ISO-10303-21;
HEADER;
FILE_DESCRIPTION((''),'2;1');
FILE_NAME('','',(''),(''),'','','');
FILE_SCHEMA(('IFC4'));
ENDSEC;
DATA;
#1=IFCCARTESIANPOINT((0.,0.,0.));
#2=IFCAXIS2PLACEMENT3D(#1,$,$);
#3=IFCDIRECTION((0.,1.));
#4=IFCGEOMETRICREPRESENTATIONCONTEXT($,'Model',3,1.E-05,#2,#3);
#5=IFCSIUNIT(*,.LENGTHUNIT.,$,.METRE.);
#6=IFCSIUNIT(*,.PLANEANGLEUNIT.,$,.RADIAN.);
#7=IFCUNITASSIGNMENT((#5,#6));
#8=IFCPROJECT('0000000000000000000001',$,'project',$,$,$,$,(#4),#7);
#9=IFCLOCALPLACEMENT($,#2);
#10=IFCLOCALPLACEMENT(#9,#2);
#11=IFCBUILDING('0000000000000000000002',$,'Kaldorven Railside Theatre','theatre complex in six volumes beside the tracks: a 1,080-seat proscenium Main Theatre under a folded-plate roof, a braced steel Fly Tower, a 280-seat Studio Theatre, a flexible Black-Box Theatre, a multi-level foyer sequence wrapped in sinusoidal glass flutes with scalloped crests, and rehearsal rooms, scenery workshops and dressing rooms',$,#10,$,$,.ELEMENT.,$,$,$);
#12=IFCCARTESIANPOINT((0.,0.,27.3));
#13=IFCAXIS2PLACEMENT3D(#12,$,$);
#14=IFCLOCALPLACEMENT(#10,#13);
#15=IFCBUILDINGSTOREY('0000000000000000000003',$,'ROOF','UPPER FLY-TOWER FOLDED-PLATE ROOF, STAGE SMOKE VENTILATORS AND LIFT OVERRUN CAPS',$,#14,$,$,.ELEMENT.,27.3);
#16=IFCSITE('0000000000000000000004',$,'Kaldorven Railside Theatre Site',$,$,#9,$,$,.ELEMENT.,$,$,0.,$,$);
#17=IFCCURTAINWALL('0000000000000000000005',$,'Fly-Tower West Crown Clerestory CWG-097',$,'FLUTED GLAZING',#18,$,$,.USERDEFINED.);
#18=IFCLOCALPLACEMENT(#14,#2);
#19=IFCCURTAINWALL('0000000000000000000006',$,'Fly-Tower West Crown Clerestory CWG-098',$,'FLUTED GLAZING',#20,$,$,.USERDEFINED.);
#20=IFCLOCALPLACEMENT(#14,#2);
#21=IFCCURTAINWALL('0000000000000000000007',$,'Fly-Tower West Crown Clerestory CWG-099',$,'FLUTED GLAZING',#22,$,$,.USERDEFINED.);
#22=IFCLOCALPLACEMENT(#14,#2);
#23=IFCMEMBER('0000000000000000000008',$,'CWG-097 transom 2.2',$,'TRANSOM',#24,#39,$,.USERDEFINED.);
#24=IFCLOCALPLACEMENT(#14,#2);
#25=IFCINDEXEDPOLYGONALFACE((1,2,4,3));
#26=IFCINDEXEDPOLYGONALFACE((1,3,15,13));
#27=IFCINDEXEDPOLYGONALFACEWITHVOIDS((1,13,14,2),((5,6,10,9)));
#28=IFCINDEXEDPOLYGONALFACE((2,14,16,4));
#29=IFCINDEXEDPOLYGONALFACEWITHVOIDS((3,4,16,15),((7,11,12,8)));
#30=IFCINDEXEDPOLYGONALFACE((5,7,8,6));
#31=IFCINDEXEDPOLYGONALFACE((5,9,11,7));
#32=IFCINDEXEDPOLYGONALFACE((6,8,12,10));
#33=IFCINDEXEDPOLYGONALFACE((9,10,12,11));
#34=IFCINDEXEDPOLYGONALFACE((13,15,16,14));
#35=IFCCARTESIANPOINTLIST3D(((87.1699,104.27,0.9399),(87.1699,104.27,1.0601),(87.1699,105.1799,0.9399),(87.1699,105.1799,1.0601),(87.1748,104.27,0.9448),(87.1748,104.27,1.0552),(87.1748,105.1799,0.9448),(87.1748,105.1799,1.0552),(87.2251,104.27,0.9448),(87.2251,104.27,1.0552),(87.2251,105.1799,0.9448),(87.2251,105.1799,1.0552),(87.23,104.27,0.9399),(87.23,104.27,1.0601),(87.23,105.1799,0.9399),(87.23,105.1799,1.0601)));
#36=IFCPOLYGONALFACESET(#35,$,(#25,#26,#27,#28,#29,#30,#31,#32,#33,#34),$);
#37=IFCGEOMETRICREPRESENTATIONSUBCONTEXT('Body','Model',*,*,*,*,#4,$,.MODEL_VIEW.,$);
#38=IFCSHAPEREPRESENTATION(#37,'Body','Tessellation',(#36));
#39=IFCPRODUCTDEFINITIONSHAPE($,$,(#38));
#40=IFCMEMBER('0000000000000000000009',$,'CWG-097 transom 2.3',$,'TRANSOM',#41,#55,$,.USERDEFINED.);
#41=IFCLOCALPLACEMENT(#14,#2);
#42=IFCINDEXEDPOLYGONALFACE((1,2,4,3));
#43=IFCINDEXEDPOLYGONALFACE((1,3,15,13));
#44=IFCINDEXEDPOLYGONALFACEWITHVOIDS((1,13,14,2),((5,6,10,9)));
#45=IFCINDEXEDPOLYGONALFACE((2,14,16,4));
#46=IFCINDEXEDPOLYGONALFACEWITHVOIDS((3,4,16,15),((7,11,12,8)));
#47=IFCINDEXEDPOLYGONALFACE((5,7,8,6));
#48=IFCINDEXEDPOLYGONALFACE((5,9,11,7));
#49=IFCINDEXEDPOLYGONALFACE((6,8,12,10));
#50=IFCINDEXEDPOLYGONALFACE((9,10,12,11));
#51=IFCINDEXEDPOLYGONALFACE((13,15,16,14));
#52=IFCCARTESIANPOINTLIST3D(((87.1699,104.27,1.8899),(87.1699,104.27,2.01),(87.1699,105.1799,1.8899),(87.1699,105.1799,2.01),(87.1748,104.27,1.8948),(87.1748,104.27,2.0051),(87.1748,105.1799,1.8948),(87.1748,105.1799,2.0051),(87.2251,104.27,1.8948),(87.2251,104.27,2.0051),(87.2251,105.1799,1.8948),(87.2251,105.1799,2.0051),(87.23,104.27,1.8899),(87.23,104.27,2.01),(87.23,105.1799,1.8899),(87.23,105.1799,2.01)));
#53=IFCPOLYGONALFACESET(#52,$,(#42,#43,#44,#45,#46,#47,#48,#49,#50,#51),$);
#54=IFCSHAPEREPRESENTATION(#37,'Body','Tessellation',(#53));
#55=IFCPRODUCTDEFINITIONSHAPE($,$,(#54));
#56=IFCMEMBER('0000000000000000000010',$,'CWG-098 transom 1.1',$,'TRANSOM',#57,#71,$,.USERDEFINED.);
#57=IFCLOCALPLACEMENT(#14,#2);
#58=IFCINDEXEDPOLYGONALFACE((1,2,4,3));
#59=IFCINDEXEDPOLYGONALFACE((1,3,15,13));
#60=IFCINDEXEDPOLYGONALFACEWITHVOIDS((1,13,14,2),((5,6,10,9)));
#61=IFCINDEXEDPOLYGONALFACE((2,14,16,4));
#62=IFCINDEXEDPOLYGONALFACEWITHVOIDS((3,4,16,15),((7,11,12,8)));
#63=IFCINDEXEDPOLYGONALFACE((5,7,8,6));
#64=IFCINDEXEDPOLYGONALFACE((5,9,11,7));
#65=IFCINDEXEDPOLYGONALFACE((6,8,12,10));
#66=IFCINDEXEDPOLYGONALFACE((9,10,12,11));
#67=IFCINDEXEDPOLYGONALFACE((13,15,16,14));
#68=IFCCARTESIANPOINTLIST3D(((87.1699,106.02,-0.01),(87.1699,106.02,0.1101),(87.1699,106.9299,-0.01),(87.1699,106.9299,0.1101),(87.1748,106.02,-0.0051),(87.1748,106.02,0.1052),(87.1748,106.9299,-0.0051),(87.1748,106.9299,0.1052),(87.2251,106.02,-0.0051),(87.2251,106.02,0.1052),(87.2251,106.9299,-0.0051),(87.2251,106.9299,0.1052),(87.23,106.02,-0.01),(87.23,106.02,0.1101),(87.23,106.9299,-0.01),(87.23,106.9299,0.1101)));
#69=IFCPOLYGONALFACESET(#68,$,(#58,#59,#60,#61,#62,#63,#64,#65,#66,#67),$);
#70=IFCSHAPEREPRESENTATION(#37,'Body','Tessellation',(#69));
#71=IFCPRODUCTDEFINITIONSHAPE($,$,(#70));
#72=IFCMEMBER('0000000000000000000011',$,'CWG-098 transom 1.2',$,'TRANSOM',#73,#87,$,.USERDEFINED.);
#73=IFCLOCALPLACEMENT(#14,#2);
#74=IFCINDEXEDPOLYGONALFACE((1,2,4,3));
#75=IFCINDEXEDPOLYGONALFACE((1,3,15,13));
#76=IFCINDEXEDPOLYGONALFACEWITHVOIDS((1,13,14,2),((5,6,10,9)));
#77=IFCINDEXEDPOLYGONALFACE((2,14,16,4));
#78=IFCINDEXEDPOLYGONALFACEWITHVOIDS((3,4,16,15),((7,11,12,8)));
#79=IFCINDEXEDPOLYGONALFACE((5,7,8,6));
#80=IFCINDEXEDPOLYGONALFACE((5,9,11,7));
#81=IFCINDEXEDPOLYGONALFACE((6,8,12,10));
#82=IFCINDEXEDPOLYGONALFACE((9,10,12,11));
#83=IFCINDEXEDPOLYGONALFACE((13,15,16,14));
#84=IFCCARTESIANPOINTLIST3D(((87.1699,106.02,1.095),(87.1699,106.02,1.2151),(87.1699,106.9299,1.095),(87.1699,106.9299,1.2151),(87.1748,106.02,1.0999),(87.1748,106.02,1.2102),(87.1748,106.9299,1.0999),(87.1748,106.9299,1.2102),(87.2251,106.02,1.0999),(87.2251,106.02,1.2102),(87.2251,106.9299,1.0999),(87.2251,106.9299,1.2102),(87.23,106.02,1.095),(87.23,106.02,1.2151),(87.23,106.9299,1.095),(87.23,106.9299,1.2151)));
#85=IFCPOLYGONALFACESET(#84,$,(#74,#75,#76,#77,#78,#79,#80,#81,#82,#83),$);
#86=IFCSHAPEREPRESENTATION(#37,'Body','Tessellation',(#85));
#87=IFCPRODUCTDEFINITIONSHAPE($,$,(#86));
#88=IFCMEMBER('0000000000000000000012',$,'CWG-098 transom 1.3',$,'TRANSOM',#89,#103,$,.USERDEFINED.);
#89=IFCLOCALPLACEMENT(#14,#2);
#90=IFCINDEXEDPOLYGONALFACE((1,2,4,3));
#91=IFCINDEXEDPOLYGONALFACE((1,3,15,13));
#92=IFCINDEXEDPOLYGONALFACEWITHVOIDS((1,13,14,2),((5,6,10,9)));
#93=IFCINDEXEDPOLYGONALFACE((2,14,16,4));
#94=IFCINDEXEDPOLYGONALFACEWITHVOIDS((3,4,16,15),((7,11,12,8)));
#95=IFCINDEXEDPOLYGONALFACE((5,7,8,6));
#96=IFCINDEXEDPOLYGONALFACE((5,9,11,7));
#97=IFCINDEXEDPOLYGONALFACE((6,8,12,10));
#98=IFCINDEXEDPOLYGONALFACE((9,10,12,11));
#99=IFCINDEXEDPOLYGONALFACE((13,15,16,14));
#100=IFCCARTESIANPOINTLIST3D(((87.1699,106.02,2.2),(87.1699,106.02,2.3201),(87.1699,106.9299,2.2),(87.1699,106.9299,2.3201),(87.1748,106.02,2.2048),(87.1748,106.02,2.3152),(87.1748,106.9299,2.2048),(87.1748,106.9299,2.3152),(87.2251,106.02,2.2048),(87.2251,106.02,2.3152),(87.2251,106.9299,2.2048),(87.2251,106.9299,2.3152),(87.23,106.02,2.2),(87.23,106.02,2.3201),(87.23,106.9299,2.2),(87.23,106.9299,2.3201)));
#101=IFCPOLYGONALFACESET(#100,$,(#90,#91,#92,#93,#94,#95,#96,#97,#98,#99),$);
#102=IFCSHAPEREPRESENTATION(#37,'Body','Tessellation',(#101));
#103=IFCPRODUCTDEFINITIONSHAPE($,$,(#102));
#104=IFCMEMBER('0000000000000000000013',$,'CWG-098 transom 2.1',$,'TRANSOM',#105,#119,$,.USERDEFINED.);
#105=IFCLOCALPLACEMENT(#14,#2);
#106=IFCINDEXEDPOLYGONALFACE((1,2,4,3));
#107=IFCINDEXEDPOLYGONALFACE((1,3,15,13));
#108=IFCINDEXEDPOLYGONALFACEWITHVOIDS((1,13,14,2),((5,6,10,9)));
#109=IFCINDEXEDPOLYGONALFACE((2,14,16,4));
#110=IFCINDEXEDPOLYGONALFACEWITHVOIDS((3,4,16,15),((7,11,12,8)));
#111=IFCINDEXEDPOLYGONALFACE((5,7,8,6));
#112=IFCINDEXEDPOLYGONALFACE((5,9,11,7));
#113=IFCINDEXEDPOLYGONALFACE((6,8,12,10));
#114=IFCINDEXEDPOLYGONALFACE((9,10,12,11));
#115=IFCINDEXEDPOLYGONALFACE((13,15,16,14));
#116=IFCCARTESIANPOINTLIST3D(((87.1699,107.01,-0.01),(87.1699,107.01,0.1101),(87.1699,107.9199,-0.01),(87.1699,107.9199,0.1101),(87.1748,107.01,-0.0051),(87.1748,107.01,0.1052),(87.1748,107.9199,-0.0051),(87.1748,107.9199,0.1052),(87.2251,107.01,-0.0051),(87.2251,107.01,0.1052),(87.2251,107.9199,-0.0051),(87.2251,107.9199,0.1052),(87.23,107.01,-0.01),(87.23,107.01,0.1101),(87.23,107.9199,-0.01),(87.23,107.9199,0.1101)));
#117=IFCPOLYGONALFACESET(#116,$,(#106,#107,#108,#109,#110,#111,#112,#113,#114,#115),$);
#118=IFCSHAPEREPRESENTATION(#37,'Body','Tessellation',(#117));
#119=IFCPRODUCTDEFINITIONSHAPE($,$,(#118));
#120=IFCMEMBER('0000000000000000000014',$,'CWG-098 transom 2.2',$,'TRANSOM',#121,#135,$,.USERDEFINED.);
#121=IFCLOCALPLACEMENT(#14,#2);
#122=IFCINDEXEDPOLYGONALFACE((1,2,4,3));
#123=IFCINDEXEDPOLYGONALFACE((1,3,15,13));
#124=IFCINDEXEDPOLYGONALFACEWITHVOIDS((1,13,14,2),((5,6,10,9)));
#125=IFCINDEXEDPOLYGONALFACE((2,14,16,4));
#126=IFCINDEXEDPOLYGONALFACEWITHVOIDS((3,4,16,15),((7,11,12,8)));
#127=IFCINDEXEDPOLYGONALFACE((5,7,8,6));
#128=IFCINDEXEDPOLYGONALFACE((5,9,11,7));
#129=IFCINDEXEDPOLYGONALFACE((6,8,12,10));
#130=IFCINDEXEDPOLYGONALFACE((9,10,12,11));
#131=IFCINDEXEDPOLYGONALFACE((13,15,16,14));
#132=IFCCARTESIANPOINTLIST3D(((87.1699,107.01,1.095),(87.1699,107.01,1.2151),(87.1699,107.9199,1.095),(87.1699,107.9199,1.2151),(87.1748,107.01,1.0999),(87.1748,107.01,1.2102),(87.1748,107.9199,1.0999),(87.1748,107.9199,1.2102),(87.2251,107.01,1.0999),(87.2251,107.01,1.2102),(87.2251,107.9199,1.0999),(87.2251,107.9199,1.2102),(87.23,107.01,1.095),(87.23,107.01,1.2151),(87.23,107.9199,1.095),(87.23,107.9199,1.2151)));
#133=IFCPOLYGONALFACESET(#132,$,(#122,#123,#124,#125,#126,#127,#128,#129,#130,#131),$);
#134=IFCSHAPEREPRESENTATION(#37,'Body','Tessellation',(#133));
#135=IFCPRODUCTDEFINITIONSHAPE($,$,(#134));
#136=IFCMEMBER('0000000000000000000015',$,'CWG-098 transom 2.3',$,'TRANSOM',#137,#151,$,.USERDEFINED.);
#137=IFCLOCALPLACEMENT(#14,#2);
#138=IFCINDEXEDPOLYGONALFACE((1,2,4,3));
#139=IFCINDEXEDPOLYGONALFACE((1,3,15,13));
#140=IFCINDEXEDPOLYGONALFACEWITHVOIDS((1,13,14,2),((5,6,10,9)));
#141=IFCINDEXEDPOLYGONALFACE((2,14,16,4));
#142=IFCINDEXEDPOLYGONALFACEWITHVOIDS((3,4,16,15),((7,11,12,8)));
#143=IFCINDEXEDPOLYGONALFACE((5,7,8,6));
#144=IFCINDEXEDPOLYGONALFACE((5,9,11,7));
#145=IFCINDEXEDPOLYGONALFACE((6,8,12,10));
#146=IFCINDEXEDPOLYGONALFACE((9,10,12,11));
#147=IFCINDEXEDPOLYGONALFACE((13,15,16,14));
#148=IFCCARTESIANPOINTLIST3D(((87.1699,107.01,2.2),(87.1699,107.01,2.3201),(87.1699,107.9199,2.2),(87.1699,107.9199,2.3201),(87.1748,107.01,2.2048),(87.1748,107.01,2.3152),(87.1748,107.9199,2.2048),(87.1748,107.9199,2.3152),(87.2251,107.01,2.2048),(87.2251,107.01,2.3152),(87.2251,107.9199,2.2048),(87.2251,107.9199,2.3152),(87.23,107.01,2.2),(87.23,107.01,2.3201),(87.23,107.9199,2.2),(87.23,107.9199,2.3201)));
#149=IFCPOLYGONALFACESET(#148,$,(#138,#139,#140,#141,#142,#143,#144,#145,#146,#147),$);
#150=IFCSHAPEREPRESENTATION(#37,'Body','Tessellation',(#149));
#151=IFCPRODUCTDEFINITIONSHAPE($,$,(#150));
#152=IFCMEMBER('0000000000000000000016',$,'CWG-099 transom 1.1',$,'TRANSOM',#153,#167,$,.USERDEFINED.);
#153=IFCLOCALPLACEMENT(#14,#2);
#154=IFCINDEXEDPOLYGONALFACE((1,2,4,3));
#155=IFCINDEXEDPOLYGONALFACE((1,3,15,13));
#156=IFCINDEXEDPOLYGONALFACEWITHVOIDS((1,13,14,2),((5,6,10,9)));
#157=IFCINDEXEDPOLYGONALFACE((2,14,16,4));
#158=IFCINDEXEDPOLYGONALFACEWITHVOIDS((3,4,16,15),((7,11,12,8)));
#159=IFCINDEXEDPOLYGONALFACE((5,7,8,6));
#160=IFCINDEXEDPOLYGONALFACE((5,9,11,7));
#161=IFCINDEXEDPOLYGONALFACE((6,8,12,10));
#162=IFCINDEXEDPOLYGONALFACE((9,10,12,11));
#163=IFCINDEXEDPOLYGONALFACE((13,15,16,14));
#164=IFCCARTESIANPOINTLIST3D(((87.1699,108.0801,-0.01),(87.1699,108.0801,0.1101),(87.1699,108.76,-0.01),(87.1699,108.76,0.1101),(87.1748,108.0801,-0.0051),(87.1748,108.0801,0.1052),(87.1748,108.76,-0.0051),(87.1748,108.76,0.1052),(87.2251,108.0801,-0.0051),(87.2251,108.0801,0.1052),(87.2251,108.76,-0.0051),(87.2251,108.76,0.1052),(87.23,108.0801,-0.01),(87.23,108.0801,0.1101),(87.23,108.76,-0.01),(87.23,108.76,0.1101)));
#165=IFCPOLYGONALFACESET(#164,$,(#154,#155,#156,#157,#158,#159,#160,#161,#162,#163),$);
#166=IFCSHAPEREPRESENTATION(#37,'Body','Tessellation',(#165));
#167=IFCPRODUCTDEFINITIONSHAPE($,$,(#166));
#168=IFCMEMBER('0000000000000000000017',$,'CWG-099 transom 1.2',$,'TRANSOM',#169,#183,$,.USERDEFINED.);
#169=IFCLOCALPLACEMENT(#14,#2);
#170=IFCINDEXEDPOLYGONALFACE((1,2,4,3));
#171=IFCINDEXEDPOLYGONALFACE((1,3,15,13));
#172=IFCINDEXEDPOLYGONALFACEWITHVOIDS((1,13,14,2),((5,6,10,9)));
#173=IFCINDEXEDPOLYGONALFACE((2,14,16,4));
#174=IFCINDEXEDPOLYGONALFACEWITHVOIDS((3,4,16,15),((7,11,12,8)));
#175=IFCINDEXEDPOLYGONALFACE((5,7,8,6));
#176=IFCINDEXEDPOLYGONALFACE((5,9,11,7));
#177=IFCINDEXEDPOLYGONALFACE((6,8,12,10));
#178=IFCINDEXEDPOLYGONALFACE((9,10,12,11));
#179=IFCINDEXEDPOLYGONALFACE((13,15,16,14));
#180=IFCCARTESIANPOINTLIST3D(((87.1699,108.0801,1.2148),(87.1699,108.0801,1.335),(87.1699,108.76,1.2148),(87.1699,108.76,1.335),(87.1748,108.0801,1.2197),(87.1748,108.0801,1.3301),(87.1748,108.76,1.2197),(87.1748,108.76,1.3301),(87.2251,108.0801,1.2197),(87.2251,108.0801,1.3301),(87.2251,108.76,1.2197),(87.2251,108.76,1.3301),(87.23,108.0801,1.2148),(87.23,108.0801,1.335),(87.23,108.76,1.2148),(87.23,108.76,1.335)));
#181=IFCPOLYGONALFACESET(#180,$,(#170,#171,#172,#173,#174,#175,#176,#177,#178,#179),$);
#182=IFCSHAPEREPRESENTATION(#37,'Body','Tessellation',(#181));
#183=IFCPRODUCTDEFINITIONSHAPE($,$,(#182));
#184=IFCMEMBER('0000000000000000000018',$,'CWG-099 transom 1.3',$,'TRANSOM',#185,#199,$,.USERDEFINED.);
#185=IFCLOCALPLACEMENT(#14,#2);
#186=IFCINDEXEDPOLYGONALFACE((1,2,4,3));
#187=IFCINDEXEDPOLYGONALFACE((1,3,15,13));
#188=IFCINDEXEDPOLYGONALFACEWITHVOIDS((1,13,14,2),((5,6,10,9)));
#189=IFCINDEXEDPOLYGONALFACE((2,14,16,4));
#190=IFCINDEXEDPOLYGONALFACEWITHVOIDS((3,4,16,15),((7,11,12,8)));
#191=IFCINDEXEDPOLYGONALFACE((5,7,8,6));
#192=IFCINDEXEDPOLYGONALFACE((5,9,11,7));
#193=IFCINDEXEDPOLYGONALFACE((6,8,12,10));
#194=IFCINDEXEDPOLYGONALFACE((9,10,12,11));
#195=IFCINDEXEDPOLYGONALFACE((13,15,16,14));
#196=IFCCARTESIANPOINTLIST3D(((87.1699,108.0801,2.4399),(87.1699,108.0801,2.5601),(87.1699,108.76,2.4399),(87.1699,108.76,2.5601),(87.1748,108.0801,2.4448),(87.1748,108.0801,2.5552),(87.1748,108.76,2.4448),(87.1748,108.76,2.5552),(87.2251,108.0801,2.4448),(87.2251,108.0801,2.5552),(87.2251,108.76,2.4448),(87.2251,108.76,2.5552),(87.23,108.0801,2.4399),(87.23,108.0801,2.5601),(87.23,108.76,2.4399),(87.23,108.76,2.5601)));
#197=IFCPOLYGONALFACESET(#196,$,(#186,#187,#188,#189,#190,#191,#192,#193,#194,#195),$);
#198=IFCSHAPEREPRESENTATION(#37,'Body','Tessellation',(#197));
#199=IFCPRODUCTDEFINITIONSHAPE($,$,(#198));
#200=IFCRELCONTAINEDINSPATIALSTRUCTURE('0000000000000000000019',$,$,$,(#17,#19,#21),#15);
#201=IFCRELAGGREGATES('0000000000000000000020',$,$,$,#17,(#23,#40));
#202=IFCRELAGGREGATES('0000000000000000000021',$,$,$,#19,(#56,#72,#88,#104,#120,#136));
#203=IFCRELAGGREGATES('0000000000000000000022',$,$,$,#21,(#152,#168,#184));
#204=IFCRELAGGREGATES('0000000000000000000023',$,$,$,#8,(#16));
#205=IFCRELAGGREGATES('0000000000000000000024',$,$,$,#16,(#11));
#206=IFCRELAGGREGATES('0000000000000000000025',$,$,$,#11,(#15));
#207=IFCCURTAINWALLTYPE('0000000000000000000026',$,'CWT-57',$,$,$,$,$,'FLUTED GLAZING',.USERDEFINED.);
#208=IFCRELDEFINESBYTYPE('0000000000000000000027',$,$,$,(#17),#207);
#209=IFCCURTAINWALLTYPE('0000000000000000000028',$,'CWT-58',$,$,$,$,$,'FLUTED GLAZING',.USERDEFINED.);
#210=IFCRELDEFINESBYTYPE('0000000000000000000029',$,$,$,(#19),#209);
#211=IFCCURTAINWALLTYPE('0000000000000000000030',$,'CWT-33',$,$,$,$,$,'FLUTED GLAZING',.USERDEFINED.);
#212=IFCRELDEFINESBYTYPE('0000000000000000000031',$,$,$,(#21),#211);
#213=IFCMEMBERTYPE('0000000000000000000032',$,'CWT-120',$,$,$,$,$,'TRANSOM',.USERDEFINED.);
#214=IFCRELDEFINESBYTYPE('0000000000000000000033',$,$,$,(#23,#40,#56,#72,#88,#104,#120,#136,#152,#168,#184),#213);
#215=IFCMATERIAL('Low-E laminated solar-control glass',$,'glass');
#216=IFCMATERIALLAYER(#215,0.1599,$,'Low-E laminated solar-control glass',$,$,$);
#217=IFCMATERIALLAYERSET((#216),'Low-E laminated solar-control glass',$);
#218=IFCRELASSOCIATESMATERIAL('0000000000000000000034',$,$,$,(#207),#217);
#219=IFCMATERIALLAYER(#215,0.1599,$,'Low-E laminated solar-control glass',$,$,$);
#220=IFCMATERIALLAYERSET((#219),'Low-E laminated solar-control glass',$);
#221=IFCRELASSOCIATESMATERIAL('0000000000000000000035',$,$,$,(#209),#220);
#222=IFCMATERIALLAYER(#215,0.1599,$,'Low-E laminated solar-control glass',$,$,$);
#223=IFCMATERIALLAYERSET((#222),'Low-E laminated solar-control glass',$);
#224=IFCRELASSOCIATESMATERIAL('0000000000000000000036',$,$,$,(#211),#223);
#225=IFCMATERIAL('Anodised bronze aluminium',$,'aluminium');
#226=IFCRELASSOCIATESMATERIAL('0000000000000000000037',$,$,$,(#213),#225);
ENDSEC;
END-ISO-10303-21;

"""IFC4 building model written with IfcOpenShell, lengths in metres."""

from ifc_helpers import new_model, si_unit, direction, frame, origin, origin_2d, place, context, subcontext, project, spatial, hollow_rectangle, extrude, material, layer, layer_set, material_profile, profile_set, type_object, element, aggregate, save


model = new_model("IFC4")

# Units and contexts
model_context = context("Model", 3, precision=1e-05, world=origin(), true_north=direction((0.0, 1.0)))
body_context = subcontext(model_context, "Body", "Model", "MODEL_VIEW")
ifc_project = project(units=[si_unit("LENGTHUNIT", "METRE"), si_unit("PLANEANGLEUNIT", "RADIAN")], contexts=[model_context])

# Site, building, storey
site_placement = place(None, origin())
site = spatial("IfcSite", under=ifc_project, at=site_placement, Name="Kaldorven Railside Theatre Site", CompositionType="ELEMENT", RefElevation=0.0)
building_placement = place(site_placement, origin())
building = spatial("IfcBuilding", under=site, at=building_placement, Name="Kaldorven Railside Theatre", Description="theatre complex in six volumes beside the tracks: a 1,080-seat proscenium Main Theatre under a folded-plate roof, a braced steel Fly Tower, a 280-seat Studio Theatre, a flexible Black-Box Theatre, a multi-level foyer sequence wrapped in sinusoidal glass flutes with scalloped crests, and rehearsal rooms, scenery workshops and dressing rooms", CompositionType="ELEMENT")
storey_placement = place(building_placement, frame((0.0, 0.0, 27.3)))
storey = spatial("IfcBuildingStorey", under=building, at=storey_placement, Name="ROOF", Description="UPPER FLY-TOWER FOLDED-PLATE ROOF, STAGE SMOKE VENTILATORS AND LIFT OVERRUN CAPS", CompositionType="ELEMENT", Elevation=27.3)

# Curtain walls
ifc_material_1 = material(Name="Low-E laminated solar-control glass", Category="glass")
ifc_layer_1 = layer(ifc_material_1, 0.1599, Name="Low-E laminated solar-control glass")
ifc_layer_set_1 = layer_set([ifc_layer_1], Name="Low-E laminated solar-control glass")
curtain_wall_type_1 = type_object("IfcCurtainWallType", Name="CWT-57", ElementType="FLUTED GLAZING", PredefinedType="USERDEFINED", material=ifc_layer_set_1)
curtain_wall_1_placement = place(storey_placement, origin())
curtain_wall_1 = element("IfcCurtainWall", 1, at=curtain_wall_1_placement, inside=storey, type_object=curtain_wall_type_1, Name="Fly-Tower West Crown Clerestory CWG-097", ObjectType="FLUTED GLAZING", PredefinedType="USERDEFINED")
ifc_material_2 = material(Name="Anodised bronze aluminium", Category="aluminium")
ifc_layer_2 = layer(ifc_material_1, 0.1599, Name="Low-E laminated solar-control glass")
ifc_layer_set_2 = layer_set([ifc_layer_2], Name="Low-E laminated solar-control glass")
curtain_wall_type_2 = type_object("IfcCurtainWallType", Name="CWT-58", ElementType="FLUTED GLAZING", PredefinedType="USERDEFINED", material=ifc_layer_set_2)
curtain_wall_2_placement = place(storey_placement, origin())
curtain_wall_2 = element("IfcCurtainWall", 2, at=curtain_wall_2_placement, inside=storey, type_object=curtain_wall_type_2, Name="Fly-Tower West Crown Clerestory CWG-098", ObjectType="FLUTED GLAZING", PredefinedType="USERDEFINED")

# Curtain wall
ifc_layer_3 = layer(ifc_material_1, 0.1599, Name="Low-E laminated solar-control glass")
ifc_layer_set_3 = layer_set([ifc_layer_3], Name="Low-E laminated solar-control glass")
curtain_wall_type_3 = type_object("IfcCurtainWallType", Name="CWT-33", ElementType="FLUTED GLAZING", PredefinedType="USERDEFINED", material=ifc_layer_set_3)
curtain_wall_3_placement = place(storey_placement, origin())
curtain_wall_3 = element("IfcCurtainWall", 3, at=curtain_wall_3_placement, inside=storey, type_object=curtain_wall_type_3, Name="Fly-Tower West Crown Clerestory CWG-099", ObjectType="FLUTED GLAZING", PredefinedType="USERDEFINED")

# Members
ifc_material_profile_1 = material_profile(ifc_material_2, hollow_rectangle(XDim=0.0601, YDim=0.1201, WallThickness=0.0049, at=origin_2d()), Name="RHS 120x60x5")
ifc_profile_set_1 = profile_set([ifc_material_profile_1], Name="Anodised bronze aluminium")
member_type_1 = type_object("IfcMemberType", Name="CWT-120", ElementType="TRANSOM", PredefinedType="USERDEFINED", material=ifc_profile_set_1)
member_1_placement = place(storey_placement, frame((87.2, 104.27, 1.0), z_axis=(0.0, 1.0, 0.0), x_axis=(-1.0, 0.0, 0.0)))
member_1 = element("IfcMember", 4, at=member_1_placement, type_object=member_type_1, Name="CWG-097 transom 2.2", ObjectType="TRANSOM", PredefinedType="USERDEFINED", context=body_context, shape_type="SweptSolid", body=[
    extrude(hollow_rectangle(XDim=0.0601, YDim=0.1201, WallThickness=0.0049, at=origin_2d()), origin(), (0.0, 0.0, 1.0), 0.9099),
])
member_2_placement = place(storey_placement, frame((87.2, 104.27, 1.95), z_axis=(0.0, 1.0, 0.0), x_axis=(-1.0, 0.0, 0.0)))
member_2 = element("IfcMember", 5, at=member_2_placement, type_object=member_type_1, Name="CWG-097 transom 2.3", ObjectType="TRANSOM", PredefinedType="USERDEFINED", context=body_context, shape_type="SweptSolid", body=[
    extrude(hollow_rectangle(XDim=0.0601, YDim=0.1201, WallThickness=0.0049, at=origin_2d()), origin(), (0.0, 0.0, 1.0), 0.9099),
])
member_3_placement = place(storey_placement, frame((87.2, 106.02, 0.05), z_axis=(0.0, 1.0, 0.0), x_axis=(-1.0, 0.0, 0.0)))
member_3 = element("IfcMember", 6, at=member_3_placement, type_object=member_type_1, Name="CWG-098 transom 1.1", ObjectType="TRANSOM", PredefinedType="USERDEFINED", context=body_context, shape_type="SweptSolid", body=[
    extrude(hollow_rectangle(XDim=0.0601, YDim=0.1201, WallThickness=0.0049, at=origin_2d()), origin(), (0.0, 0.0, 1.0), 0.9099),
])
member_4_placement = place(storey_placement, frame((87.2, 106.02, 1.155), z_axis=(0.0, 1.0, 0.0), x_axis=(-1.0, 0.0, 0.0)))
member_4 = element("IfcMember", 7, at=member_4_placement, type_object=member_type_1, Name="CWG-098 transom 1.2", ObjectType="TRANSOM", PredefinedType="USERDEFINED", context=body_context, shape_type="SweptSolid", body=[
    extrude(hollow_rectangle(XDim=0.0601, YDim=0.1201, WallThickness=0.0049, at=origin_2d()), origin(), (0.0, 0.0, 1.0), 0.9099),
])
member_5_placement = place(storey_placement, frame((87.2, 106.02, 2.26), z_axis=(0.0, 1.0, 0.0), x_axis=(-1.0, 0.0, 0.0)))
member_5 = element("IfcMember", 8, at=member_5_placement, type_object=member_type_1, Name="CWG-098 transom 1.3", ObjectType="TRANSOM", PredefinedType="USERDEFINED", context=body_context, shape_type="SweptSolid", body=[
    extrude(hollow_rectangle(XDim=0.0601, YDim=0.1201, WallThickness=0.0049, at=origin_2d()), origin(), (0.0, 0.0, 1.0), 0.9099),
])
member_6_placement = place(storey_placement, frame((87.2, 107.01, 0.05), z_axis=(0.0, 1.0, 0.0), x_axis=(-1.0, 0.0, 0.0)))
member_6 = element("IfcMember", 9, at=member_6_placement, type_object=member_type_1, Name="CWG-098 transom 2.1", ObjectType="TRANSOM", PredefinedType="USERDEFINED", context=body_context, shape_type="SweptSolid", body=[
    extrude(hollow_rectangle(XDim=0.0601, YDim=0.1201, WallThickness=0.0049, at=origin_2d()), origin(), (0.0, 0.0, 1.0), 0.9099),
])
member_7_placement = place(storey_placement, frame((87.2, 107.01, 1.155), z_axis=(0.0, 1.0, 0.0), x_axis=(-1.0, 0.0, 0.0)))
member_7 = element("IfcMember", 10, at=member_7_placement, type_object=member_type_1, Name="CWG-098 transom 2.2", ObjectType="TRANSOM", PredefinedType="USERDEFINED", context=body_context, shape_type="SweptSolid", body=[
    extrude(hollow_rectangle(XDim=0.0601, YDim=0.1201, WallThickness=0.0049, at=origin_2d()), origin(), (0.0, 0.0, 1.0), 0.9099),
])
member_8_placement = place(storey_placement, frame((87.2, 107.01, 2.26), z_axis=(0.0, 1.0, 0.0), x_axis=(-1.0, 0.0, 0.0)))
member_8 = element("IfcMember", 11, at=member_8_placement, type_object=member_type_1, Name="CWG-098 transom 2.3", ObjectType="TRANSOM", PredefinedType="USERDEFINED", context=body_context, shape_type="SweptSolid", body=[
    extrude(hollow_rectangle(XDim=0.0601, YDim=0.1201, WallThickness=0.0049, at=origin_2d()), origin(), (0.0, 0.0, 1.0), 0.9099),
])
member_9_placement = place(storey_placement, frame((87.2, 108.0801, 0.05), z_axis=(0.0, 1.0, 0.0), x_axis=(-1.0, 0.0, 0.0)))
member_9 = element("IfcMember", 12, at=member_9_placement, type_object=member_type_1, Name="CWG-099 transom 1.1", ObjectType="TRANSOM", PredefinedType="USERDEFINED", context=body_context, shape_type="SweptSolid", body=[
    extrude(hollow_rectangle(XDim=0.0601, YDim=0.1201, WallThickness=0.0049, at=origin_2d()), origin(), (0.0, 0.0, 1.0), 0.6799),
])
member_10_placement = place(storey_placement, frame((87.2, 108.0801, 1.2749), z_axis=(0.0, 1.0, 0.0), x_axis=(-1.0, 0.0, 0.0)))
member_10 = element("IfcMember", 13, at=member_10_placement, type_object=member_type_1, Name="CWG-099 transom 1.2", ObjectType="TRANSOM", PredefinedType="USERDEFINED", context=body_context, shape_type="SweptSolid", body=[
    extrude(hollow_rectangle(XDim=0.0601, YDim=0.1201, WallThickness=0.0049, at=origin_2d()), origin(), (0.0, 0.0, 1.0), 0.6799),
])
member_11_placement = place(storey_placement, frame((87.2, 108.0801, 2.5), z_axis=(0.0, 1.0, 0.0), x_axis=(-1.0, 0.0, 0.0)))
member_11 = element("IfcMember", 14, at=member_11_placement, type_object=member_type_1, Name="CWG-099 transom 1.3", ObjectType="TRANSOM", PredefinedType="USERDEFINED", context=body_context, shape_type="SweptSolid", body=[
    extrude(hollow_rectangle(XDim=0.0601, YDim=0.1201, WallThickness=0.0049, at=origin_2d()), origin(), (0.0, 0.0, 1.0), 0.6799),
])

aggregate(curtain_wall_1, [member_1, member_2])
aggregate(curtain_wall_2, [member_3, member_4, member_5, member_6, member_7, member_8])
aggregate(curtain_wall_3, [member_9, member_10, member_11])

save(model, "model.ifc")
